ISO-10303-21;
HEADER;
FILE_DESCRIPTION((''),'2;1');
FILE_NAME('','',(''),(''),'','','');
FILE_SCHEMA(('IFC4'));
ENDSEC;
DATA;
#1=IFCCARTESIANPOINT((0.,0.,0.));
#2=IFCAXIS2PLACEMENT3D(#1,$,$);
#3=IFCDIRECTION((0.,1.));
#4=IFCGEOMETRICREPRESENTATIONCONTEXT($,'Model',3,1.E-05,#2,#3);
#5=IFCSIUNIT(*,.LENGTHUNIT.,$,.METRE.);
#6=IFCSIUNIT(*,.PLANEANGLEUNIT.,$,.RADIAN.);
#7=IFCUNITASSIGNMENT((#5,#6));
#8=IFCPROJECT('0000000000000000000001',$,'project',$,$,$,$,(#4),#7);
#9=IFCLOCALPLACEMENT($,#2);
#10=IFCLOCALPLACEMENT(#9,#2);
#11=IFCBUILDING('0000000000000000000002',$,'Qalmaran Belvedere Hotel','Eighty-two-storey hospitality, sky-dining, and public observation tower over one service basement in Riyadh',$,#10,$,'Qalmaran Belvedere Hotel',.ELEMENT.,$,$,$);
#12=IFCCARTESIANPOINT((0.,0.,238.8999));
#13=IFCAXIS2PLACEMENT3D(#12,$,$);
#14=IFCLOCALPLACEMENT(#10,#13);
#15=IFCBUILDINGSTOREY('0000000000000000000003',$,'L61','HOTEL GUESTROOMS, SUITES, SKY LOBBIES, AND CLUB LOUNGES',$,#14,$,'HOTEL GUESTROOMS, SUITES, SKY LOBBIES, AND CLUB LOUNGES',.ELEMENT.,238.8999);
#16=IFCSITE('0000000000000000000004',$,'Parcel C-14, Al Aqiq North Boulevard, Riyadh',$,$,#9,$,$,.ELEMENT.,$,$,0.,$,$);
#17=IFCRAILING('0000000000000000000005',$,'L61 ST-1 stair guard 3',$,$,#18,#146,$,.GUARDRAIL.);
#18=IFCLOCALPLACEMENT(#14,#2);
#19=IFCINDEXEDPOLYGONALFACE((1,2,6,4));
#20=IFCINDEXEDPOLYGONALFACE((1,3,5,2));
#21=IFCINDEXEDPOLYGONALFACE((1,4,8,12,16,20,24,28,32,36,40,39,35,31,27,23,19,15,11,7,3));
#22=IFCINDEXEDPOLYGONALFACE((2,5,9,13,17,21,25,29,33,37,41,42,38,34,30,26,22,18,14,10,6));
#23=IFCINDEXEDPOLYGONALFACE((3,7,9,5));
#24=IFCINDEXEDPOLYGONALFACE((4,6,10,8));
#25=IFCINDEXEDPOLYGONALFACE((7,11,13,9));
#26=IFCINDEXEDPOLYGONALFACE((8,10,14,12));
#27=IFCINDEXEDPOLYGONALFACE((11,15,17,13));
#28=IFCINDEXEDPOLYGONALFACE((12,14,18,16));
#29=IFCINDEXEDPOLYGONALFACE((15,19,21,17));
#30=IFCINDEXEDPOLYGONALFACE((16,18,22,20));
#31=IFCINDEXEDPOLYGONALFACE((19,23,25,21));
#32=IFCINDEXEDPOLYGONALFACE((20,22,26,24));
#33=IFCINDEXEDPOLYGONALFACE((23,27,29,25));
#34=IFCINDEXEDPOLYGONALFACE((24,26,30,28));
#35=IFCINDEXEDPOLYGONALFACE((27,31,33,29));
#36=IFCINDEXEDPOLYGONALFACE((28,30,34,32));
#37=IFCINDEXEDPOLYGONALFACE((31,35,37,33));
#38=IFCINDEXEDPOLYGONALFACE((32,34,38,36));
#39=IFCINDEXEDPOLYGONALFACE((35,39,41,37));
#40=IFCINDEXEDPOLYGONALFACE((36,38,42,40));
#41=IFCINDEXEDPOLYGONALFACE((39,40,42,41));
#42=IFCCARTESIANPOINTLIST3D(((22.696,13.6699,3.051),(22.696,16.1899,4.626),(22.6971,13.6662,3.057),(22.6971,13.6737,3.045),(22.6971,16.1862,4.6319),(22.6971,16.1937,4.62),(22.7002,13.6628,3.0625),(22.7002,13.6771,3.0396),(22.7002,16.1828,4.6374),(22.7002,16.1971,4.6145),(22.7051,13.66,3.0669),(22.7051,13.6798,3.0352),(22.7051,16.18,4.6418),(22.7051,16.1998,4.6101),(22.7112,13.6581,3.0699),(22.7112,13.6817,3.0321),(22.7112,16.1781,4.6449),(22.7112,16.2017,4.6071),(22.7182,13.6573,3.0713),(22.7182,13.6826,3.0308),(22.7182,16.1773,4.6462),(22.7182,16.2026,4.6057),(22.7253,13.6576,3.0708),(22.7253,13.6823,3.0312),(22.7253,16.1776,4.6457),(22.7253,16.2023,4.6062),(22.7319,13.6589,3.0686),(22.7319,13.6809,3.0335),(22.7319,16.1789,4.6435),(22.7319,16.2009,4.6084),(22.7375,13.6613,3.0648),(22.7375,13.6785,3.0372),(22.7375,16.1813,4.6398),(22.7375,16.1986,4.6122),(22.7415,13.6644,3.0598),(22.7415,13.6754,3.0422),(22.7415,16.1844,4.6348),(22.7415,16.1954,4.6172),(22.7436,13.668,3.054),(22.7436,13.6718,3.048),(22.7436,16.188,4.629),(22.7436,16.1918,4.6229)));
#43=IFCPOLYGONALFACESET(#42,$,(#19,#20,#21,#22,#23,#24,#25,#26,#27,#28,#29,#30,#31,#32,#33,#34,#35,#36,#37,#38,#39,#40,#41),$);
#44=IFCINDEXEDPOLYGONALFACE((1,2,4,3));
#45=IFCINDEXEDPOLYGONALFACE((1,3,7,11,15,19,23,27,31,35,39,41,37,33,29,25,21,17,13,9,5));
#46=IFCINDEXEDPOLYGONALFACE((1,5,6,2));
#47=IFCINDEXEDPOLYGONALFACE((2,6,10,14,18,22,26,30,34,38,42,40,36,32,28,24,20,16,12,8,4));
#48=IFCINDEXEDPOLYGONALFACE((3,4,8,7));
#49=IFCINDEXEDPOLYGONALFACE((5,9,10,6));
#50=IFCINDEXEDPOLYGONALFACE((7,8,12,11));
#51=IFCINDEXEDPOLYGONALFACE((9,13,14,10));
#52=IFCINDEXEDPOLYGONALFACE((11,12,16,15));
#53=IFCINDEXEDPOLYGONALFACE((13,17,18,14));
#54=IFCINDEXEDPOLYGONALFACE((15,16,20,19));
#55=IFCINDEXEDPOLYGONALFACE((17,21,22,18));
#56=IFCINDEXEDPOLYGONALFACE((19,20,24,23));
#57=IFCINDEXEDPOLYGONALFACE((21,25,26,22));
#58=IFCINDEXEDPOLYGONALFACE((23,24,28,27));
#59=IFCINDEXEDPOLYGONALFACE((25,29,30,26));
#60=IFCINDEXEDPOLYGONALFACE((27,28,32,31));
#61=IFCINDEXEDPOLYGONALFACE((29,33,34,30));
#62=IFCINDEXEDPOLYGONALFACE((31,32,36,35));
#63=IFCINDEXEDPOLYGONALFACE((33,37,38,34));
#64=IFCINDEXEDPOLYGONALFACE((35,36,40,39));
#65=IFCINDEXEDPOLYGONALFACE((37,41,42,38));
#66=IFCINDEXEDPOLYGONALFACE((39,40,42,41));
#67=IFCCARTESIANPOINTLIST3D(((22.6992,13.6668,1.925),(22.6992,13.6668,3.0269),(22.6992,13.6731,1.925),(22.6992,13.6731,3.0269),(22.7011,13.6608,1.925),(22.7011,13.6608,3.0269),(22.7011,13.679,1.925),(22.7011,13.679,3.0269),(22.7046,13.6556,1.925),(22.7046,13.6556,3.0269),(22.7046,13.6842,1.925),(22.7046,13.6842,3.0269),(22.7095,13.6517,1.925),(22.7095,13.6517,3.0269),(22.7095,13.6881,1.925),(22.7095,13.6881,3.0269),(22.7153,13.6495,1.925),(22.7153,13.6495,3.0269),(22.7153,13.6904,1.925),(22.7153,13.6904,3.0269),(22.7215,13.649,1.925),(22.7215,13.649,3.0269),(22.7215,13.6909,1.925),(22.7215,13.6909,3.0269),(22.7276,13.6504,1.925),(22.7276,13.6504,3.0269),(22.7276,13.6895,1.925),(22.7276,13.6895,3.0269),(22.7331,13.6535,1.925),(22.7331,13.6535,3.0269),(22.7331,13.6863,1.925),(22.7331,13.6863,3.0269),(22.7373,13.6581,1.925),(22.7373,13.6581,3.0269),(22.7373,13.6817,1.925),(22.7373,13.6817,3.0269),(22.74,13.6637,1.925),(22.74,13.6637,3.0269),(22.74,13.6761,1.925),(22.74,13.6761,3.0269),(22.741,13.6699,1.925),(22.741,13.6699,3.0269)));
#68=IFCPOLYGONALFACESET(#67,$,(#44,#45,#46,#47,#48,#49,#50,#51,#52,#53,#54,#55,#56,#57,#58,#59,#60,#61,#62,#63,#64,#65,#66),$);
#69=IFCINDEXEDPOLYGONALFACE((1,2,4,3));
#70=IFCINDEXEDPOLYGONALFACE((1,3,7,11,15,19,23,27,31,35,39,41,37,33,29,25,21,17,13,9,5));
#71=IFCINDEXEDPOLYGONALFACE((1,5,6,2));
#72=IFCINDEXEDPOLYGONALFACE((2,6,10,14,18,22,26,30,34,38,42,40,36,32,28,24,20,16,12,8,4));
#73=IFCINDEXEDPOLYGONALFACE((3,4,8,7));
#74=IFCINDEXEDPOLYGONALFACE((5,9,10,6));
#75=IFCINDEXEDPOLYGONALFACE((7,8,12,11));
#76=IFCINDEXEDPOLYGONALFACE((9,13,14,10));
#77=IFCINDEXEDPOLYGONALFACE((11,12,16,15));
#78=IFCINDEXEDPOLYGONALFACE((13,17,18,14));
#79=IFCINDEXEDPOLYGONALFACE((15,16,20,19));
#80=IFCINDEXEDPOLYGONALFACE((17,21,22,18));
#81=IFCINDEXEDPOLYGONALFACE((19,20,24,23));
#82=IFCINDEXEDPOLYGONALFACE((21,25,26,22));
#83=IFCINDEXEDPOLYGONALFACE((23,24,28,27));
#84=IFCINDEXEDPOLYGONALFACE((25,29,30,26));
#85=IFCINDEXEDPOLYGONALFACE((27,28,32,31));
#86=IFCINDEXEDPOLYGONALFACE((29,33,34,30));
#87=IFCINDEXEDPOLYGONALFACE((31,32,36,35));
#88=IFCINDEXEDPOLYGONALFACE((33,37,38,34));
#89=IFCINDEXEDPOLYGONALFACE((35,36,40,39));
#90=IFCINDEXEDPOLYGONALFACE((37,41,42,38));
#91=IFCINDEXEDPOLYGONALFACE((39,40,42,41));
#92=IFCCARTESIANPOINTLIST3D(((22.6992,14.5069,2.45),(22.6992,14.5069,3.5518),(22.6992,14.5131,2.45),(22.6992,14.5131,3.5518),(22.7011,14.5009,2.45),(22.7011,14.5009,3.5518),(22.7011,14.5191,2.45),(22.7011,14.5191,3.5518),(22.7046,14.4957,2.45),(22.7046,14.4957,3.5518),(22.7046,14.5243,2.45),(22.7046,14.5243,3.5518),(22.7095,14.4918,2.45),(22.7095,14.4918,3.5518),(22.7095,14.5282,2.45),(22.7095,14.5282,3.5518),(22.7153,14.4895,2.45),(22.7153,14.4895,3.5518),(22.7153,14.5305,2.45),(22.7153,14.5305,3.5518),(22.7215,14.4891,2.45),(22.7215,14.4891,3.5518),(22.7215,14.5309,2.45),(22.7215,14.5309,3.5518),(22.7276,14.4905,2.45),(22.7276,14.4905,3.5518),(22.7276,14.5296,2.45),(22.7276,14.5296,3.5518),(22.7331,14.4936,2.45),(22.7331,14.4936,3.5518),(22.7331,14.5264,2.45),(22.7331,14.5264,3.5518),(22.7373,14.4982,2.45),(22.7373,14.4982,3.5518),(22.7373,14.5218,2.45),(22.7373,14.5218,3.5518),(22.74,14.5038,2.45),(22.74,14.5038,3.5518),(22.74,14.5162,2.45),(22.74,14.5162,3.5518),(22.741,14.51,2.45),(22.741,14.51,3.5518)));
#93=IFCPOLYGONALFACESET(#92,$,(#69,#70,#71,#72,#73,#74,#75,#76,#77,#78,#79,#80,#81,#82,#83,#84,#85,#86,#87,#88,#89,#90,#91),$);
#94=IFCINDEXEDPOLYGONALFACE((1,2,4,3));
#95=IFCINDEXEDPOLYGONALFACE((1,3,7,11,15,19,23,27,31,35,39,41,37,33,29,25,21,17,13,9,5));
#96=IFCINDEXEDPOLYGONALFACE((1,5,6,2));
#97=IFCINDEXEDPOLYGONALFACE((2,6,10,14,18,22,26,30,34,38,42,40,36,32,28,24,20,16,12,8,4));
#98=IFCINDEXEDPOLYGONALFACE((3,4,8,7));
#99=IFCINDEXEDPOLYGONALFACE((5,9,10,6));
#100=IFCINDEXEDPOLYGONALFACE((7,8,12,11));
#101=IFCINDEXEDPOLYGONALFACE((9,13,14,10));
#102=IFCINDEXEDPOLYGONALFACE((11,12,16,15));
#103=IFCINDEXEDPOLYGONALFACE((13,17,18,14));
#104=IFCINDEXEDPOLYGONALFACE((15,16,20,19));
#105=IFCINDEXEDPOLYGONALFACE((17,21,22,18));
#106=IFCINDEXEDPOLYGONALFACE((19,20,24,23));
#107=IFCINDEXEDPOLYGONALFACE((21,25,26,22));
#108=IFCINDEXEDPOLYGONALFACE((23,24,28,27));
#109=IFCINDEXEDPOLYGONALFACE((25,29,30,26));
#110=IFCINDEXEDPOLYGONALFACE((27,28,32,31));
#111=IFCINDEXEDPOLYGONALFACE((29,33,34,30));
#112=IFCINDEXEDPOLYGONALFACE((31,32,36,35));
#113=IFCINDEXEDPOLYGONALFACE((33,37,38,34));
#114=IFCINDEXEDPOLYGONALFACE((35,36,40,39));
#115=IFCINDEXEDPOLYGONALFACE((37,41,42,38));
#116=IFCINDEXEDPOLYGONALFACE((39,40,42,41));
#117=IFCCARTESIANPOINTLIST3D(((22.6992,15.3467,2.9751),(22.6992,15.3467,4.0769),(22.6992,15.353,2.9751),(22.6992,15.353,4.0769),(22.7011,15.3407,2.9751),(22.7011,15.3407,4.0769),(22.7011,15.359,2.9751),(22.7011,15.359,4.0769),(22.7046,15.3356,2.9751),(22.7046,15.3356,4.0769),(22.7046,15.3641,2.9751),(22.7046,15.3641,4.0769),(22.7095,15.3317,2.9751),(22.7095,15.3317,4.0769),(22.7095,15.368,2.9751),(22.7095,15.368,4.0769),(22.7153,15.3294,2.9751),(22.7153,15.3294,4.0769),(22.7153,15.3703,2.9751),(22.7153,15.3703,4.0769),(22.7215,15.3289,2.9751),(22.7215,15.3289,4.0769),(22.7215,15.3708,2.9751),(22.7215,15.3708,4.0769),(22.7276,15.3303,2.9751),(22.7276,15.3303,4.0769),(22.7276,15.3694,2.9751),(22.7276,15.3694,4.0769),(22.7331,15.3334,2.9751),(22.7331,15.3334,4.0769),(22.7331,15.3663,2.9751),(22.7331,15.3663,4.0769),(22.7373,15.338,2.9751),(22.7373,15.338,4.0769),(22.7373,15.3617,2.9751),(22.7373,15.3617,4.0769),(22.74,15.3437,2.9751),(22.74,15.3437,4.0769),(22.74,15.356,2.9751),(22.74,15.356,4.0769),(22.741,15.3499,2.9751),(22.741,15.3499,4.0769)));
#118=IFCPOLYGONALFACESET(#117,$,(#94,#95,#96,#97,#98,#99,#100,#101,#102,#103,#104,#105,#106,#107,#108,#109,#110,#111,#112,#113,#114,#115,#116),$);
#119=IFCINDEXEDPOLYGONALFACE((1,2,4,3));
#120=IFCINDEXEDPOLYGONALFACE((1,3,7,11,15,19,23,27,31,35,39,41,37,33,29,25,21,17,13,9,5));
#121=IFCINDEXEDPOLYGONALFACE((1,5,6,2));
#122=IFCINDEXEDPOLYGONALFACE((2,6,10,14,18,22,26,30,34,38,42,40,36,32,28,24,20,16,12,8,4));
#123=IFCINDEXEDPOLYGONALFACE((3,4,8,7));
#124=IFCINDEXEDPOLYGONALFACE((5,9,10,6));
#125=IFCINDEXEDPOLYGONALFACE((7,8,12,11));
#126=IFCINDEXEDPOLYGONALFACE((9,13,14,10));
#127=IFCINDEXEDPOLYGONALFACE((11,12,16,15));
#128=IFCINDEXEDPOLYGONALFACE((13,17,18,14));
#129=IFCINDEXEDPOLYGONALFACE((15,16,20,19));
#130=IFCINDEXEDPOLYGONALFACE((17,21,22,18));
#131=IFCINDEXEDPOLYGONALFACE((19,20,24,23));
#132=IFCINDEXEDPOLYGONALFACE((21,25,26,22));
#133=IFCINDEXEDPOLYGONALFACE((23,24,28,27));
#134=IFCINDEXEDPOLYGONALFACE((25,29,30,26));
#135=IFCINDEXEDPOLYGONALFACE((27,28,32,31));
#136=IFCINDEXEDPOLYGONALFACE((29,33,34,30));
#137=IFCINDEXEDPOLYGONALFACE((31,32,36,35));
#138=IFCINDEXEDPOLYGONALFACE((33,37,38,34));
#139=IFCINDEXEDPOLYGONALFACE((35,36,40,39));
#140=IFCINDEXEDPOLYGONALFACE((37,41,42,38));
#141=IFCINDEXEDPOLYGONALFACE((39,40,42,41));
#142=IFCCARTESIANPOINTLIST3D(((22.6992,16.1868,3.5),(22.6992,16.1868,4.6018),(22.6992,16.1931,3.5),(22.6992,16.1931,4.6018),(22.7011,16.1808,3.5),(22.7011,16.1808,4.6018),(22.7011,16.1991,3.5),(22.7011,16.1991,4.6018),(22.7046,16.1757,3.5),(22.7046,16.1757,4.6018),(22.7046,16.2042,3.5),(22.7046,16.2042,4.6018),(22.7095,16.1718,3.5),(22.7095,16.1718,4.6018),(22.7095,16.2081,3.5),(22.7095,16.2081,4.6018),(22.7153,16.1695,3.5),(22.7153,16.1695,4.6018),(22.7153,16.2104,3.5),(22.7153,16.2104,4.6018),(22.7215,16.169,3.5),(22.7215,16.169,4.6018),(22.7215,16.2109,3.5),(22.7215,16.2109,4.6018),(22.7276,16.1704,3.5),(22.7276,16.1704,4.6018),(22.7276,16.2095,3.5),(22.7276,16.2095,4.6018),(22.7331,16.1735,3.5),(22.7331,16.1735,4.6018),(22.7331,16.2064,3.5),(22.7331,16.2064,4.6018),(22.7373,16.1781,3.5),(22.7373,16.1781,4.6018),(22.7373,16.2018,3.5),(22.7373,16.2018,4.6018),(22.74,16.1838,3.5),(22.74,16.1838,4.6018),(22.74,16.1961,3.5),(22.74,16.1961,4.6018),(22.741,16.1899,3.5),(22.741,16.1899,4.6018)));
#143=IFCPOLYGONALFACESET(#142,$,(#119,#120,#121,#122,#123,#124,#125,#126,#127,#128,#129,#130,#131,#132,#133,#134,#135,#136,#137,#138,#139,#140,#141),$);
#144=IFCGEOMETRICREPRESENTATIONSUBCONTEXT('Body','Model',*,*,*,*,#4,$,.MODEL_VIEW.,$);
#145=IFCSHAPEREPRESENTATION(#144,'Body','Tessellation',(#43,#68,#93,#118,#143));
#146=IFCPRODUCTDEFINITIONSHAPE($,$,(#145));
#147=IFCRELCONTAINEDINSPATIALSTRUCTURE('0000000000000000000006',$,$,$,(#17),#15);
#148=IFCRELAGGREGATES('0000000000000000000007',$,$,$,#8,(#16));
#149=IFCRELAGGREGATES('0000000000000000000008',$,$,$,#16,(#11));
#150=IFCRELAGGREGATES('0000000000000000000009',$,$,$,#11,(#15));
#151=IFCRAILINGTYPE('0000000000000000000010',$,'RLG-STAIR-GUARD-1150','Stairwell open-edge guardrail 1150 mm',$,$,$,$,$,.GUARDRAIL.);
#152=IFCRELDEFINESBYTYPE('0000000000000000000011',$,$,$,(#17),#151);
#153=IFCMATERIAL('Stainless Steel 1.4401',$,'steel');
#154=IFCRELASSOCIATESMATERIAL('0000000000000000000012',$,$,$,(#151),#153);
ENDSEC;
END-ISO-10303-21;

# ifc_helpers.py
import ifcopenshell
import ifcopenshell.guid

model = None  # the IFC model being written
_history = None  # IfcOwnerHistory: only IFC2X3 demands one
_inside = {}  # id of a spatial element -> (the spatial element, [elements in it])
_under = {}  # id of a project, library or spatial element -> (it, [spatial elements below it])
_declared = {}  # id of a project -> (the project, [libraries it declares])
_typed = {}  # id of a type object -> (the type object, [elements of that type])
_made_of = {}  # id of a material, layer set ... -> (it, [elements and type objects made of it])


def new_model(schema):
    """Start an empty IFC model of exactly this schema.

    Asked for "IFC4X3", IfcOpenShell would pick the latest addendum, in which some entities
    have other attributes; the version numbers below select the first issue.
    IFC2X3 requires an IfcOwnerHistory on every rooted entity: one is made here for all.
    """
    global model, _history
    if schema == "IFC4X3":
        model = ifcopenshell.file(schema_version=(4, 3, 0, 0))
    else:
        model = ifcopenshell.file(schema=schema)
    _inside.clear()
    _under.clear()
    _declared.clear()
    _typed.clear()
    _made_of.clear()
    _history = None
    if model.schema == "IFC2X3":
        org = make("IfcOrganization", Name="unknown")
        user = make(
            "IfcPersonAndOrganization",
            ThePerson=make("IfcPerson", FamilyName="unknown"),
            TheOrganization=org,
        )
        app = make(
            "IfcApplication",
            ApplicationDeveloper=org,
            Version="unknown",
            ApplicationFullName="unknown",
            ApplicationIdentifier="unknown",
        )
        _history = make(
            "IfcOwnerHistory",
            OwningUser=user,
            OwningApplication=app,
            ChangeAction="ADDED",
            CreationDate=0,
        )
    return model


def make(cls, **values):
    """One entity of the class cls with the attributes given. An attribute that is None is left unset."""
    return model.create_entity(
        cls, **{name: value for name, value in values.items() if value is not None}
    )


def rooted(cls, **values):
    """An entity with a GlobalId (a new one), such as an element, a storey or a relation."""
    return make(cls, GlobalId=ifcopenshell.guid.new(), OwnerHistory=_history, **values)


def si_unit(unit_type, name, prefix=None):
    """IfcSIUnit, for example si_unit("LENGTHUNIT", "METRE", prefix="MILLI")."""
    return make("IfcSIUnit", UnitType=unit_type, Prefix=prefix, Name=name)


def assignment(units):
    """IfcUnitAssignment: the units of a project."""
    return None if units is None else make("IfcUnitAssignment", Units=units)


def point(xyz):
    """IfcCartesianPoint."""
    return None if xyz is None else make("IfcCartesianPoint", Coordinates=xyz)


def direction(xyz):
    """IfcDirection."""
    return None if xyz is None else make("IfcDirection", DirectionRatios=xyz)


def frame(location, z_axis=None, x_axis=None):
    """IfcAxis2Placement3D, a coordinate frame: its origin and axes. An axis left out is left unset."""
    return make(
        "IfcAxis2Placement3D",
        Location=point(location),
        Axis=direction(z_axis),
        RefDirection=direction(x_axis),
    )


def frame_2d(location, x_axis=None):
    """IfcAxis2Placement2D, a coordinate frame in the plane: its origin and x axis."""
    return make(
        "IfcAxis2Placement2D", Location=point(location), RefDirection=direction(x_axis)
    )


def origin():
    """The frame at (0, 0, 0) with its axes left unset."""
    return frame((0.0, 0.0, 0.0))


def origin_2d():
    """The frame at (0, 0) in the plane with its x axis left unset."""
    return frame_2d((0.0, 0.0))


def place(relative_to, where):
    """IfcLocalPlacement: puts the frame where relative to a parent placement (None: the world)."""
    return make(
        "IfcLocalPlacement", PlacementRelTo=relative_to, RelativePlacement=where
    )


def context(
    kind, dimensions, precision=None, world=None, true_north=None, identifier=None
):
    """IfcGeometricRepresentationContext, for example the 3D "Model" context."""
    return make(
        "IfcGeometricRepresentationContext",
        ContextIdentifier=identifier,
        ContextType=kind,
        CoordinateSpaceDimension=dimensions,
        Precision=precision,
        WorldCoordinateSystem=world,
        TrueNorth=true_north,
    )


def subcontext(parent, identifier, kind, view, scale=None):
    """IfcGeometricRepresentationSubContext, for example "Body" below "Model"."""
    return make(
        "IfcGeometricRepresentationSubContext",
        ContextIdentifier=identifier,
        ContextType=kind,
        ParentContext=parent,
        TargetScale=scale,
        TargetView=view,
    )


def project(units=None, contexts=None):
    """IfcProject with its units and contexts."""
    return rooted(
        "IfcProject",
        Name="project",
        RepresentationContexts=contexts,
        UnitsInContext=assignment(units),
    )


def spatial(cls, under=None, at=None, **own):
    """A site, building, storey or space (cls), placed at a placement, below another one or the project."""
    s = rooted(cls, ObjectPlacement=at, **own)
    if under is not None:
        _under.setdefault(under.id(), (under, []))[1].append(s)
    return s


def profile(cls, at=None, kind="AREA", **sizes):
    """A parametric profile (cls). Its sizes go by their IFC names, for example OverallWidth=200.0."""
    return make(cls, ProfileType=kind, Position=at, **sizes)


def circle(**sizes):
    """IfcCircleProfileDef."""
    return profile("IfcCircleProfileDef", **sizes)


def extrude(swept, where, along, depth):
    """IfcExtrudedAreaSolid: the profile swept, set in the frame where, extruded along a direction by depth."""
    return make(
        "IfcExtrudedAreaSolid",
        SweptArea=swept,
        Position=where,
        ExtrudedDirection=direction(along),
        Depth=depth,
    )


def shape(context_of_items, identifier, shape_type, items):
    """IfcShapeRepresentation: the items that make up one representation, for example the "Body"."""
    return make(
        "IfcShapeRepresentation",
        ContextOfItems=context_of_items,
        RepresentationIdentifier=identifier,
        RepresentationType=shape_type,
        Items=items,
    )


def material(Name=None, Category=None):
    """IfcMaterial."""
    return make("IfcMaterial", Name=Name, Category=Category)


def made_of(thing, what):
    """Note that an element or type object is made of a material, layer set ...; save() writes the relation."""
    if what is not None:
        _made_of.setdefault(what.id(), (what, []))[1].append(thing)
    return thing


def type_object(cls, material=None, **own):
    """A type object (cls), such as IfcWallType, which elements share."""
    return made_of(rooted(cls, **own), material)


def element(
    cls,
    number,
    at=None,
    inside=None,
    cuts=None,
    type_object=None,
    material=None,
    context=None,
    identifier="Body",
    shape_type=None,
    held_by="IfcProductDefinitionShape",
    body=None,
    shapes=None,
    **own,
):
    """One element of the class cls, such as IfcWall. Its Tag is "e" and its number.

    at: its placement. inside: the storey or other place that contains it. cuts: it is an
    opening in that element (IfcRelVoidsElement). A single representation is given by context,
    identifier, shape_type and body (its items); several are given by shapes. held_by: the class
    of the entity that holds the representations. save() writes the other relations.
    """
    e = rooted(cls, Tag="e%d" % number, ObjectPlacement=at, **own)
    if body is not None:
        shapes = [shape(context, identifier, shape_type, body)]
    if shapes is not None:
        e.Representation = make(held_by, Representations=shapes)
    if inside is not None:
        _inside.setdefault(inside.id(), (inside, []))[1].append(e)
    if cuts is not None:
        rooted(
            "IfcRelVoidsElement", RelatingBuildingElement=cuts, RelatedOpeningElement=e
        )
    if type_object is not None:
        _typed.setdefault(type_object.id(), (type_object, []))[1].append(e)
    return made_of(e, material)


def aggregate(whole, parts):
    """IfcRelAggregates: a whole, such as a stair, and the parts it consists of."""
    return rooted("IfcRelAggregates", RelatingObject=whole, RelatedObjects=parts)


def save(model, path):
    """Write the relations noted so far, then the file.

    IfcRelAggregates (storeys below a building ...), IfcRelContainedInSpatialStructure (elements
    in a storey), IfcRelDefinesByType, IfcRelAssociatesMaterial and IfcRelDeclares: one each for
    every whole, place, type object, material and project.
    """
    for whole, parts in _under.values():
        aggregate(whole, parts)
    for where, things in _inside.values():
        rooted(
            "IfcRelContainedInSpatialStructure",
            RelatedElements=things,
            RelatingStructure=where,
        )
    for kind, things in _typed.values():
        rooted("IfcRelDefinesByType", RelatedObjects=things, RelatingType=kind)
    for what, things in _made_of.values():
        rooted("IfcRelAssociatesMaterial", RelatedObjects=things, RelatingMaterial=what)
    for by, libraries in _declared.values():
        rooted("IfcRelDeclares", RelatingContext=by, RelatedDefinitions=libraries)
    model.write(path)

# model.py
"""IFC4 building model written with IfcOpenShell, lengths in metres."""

from ifc_helpers import new_model, si_unit, direction, frame, origin, origin_2d, place, context, subcontext, project, spatial, circle, extrude, material, type_object, element, save


model = new_model("IFC4")

# Units and contexts
model_context = context("Model", 3, precision=1e-05, world=origin(), true_north=direction((0.0, 1.0)))
body_context = subcontext(model_context, "Body", "Model", "MODEL_VIEW")
ifc_project = project(units=[si_unit("LENGTHUNIT", "METRE"), si_unit("PLANEANGLEUNIT", "RADIAN")], contexts=[model_context])

# Site, building, storey
site_placement = place(None, origin())
site = spatial("IfcSite", under=ifc_project, at=site_placement, Name="Parcel C-14, Al Aqiq North Boulevard, Riyadh", CompositionType="ELEMENT", RefElevation=0.0)
building_placement = place(site_placement, origin())
building = spatial("IfcBuilding", under=site, at=building_placement, Name="Qalmaran Belvedere Hotel", Description="Eighty-two-storey hospitality, sky-dining, and public observation tower over one service basement in Riyadh", LongName="Qalmaran Belvedere Hotel", CompositionType="ELEMENT")
storey_placement = place(building_placement, frame((0.0, 0.0, 238.8999)))
storey = spatial("IfcBuildingStorey", under=building, at=storey_placement, Name="L61", Description="HOTEL GUESTROOMS, SUITES, SKY LOBBIES, AND CLUB LOUNGES", LongName="HOTEL GUESTROOMS, SUITES, SKY LOBBIES, AND CLUB LOUNGES", CompositionType="ELEMENT", Elevation=238.8999)

# Railing
ifc_material_1 = material(Name="Stainless Steel 1.4401", Category="steel")
railing_type_1 = type_object("IfcRailingType", Name="RLG-STAIR-GUARD-1150", Description="Stairwell open-edge guardrail 1150 mm", PredefinedType="GUARDRAIL", material=ifc_material_1)
railing_1_placement = place(storey_placement, frame((22.72, 13.6699, 1.925)))
element("IfcRailing", 1, at=railing_1_placement, inside=storey, type_object=railing_type_1, Name="L61 ST-1 stair guard 3", PredefinedType="GUARDRAIL", context=body_context, shape_type="SweptSolid", body=[
    extrude(circle(Radius=0.0239, at=origin_2d()), frame((0.0, 0.0, 1.126), z_axis=(0.0, 0.848008, 0.529984), x_axis=(-1.0, 0.0, 0.0)), (0.0, 0.0, 1.0), 2.9717),
    extrude(circle(Radius=0.021, at=origin_2d()), origin(), (0.0, 0.0, 1.0), 1.1018),
    extrude(circle(Radius=0.021, at=origin_2d()), frame((0.0, 0.8401, 0.5249)), (0.0, 0.0, 1.0), 1.1018),
    extrude(circle(Radius=0.021, at=origin_2d()), frame((0.0, 1.6799, 1.05)), (0.0, 0.0, 1.0), 1.1018),
    extrude(circle(Radius=0.021, at=origin_2d()), frame((0.0, 2.52, 1.575)), (0.0, 0.0, 1.0), 1.1018),
])

save(model, "model.ifc")
